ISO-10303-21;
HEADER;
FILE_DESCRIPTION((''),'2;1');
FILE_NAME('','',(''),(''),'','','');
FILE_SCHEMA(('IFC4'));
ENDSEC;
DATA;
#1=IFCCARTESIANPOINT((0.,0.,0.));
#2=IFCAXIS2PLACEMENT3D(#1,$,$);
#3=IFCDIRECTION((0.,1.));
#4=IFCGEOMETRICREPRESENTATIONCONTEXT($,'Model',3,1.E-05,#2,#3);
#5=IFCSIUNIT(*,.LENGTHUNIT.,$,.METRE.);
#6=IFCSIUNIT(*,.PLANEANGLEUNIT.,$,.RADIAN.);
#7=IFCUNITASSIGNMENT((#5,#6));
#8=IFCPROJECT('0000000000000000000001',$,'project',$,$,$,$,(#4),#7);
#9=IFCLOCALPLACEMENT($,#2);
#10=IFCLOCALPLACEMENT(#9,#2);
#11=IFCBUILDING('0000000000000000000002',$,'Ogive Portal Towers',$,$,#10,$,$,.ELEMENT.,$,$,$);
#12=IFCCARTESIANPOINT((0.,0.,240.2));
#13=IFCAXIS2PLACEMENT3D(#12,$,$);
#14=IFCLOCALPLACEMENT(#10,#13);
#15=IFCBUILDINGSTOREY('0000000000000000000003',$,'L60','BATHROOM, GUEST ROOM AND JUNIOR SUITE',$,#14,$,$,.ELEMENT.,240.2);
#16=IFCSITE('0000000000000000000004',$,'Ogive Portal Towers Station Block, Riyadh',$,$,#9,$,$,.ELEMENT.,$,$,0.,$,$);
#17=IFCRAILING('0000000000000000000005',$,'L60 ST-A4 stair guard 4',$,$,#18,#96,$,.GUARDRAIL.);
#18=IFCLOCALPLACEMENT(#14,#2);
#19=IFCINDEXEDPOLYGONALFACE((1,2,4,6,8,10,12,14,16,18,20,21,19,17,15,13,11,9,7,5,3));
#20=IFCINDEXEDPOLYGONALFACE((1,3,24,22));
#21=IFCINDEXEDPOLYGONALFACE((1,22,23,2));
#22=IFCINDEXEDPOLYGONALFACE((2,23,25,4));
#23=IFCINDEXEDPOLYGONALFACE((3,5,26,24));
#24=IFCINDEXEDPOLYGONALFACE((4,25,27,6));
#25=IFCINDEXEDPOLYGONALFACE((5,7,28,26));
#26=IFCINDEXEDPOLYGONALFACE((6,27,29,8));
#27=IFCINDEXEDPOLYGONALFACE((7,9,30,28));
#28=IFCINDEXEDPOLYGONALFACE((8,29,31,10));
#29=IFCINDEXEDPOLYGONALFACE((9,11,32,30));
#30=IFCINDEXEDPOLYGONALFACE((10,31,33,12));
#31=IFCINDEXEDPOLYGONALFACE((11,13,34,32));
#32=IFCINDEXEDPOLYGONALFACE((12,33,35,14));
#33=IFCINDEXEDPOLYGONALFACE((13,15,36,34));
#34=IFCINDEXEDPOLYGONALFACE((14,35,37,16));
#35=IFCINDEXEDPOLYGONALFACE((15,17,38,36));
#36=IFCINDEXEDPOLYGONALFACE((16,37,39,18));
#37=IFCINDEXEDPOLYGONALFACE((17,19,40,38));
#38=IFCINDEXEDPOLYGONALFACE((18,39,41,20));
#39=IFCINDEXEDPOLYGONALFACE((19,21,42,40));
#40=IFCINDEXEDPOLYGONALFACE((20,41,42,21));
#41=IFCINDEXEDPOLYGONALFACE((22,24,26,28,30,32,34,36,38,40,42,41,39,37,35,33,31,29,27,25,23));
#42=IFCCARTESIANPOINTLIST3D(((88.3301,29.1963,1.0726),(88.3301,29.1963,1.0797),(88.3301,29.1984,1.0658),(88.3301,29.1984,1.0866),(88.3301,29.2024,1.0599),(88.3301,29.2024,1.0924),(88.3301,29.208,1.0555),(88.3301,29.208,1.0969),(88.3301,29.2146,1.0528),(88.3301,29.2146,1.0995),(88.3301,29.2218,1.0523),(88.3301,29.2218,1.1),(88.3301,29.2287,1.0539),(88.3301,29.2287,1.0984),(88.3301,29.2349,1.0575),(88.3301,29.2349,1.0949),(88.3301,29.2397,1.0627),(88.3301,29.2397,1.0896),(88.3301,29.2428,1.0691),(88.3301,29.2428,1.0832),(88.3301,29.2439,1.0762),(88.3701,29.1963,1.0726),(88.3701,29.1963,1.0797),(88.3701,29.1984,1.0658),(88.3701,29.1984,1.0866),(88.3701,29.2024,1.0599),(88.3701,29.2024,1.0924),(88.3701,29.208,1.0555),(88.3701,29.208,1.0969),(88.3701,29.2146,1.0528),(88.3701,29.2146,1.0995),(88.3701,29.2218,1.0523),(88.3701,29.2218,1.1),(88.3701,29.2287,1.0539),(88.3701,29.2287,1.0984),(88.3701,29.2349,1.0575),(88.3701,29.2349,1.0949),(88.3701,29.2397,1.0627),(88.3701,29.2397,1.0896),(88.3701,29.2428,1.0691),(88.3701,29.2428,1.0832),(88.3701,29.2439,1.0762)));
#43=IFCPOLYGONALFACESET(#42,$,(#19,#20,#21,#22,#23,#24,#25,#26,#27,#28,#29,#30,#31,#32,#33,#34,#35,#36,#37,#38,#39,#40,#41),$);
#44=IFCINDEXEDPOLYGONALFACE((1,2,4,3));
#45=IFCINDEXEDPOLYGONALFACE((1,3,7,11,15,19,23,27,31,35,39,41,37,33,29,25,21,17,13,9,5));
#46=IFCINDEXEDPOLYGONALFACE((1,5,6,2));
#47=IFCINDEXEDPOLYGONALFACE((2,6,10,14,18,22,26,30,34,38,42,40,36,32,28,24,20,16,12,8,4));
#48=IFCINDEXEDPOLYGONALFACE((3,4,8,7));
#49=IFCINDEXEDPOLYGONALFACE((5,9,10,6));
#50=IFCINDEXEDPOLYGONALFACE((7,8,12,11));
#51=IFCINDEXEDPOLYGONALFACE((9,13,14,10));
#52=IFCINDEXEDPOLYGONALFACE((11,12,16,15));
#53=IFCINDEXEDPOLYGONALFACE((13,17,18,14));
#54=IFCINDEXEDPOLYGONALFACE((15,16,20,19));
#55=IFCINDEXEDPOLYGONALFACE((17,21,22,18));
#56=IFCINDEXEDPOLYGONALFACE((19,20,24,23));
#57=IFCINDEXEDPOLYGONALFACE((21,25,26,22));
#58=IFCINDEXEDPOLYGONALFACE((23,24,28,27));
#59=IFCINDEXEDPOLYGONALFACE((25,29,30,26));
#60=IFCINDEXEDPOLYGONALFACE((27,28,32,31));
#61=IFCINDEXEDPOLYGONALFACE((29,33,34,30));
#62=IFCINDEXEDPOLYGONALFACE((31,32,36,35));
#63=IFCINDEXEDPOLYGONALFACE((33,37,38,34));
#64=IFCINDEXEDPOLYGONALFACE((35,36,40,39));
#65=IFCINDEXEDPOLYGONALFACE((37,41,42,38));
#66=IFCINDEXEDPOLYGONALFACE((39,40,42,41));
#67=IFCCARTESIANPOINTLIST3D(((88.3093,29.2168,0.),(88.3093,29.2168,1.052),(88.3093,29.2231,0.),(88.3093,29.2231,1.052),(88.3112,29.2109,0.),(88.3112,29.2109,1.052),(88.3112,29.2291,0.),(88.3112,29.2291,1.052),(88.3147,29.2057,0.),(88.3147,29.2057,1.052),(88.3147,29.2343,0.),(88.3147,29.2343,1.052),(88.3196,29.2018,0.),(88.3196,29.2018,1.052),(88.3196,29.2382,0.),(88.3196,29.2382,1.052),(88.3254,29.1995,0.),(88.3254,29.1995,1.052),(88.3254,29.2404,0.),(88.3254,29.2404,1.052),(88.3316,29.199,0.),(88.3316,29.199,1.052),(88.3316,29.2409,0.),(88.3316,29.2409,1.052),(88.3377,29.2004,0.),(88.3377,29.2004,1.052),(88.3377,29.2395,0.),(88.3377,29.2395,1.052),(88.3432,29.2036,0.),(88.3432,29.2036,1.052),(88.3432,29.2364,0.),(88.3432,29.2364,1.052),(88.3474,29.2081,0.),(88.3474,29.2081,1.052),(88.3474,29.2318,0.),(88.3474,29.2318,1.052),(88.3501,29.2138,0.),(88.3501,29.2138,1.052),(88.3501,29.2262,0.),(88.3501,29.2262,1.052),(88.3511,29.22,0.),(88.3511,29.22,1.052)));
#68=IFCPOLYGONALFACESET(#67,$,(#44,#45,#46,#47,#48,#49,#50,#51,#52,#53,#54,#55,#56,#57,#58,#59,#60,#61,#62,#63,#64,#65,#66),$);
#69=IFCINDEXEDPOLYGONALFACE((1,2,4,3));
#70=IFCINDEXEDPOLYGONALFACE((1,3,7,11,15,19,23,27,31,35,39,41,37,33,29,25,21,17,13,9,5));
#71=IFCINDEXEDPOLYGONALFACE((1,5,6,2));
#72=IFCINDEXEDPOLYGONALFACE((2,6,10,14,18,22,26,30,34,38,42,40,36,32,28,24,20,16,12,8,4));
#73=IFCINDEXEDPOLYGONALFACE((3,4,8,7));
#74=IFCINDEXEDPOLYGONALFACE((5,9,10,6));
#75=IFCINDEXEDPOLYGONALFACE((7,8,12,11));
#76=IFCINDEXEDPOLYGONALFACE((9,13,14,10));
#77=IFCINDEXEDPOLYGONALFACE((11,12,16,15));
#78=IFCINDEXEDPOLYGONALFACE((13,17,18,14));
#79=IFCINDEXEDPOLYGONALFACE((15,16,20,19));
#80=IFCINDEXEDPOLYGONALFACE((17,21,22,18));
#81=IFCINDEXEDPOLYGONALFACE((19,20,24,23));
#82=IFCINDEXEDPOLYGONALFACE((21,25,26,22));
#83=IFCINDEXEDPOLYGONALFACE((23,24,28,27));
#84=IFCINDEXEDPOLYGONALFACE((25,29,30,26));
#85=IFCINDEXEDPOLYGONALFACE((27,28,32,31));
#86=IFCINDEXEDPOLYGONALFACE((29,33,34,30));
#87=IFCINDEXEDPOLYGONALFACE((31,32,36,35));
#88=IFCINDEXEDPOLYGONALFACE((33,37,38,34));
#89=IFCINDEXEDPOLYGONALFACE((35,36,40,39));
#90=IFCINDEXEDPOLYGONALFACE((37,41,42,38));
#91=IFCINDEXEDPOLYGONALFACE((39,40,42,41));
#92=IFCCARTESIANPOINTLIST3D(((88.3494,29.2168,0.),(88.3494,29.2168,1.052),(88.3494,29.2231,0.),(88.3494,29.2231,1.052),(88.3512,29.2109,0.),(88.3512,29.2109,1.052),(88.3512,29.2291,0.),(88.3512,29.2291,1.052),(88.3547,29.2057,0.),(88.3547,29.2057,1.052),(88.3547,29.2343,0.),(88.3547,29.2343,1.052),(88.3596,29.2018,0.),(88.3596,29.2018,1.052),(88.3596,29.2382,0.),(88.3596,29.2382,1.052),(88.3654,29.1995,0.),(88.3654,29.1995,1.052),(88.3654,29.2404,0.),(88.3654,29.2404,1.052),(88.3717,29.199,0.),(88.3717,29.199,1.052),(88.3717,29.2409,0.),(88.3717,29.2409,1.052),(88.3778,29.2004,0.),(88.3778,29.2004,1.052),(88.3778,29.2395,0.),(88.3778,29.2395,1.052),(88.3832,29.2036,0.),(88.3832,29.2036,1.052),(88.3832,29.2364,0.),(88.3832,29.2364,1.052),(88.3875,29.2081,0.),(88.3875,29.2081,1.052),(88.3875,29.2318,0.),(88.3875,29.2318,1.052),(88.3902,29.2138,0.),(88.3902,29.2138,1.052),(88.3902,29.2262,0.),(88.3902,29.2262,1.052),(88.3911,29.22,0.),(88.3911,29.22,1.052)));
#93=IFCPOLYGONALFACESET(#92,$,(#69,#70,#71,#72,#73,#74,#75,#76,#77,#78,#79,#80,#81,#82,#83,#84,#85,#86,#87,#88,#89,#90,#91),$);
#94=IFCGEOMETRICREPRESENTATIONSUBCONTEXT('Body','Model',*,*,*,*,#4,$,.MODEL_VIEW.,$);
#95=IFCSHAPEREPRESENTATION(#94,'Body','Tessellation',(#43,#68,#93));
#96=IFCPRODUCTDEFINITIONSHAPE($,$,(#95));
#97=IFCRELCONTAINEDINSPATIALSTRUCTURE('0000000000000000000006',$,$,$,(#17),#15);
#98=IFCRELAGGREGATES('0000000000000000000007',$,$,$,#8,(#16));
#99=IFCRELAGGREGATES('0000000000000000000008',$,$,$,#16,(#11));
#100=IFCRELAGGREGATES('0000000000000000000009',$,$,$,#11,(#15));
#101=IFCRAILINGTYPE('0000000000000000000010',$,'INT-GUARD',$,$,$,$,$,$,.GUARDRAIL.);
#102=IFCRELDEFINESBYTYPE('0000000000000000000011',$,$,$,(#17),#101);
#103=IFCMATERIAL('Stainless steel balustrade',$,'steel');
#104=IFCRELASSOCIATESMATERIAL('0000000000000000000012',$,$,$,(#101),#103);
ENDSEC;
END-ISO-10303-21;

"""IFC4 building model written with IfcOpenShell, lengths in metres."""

from ifc_helpers import new_model, si_unit, direction, frame, origin, origin_2d, place, context, subcontext, project, spatial, circle, extrude, material, type_object, element, save


model = new_model("IFC4")

# Units and contexts
model_context = context("Model", 3, precision=1e-05, world=origin(), true_north=direction((0.0, 1.0)))
body_context = subcontext(model_context, "Body", "Model", "MODEL_VIEW")
ifc_project = project(units=[si_unit("LENGTHUNIT", "METRE"), si_unit("PLANEANGLEUNIT", "RADIAN")], contexts=[model_context])

# Site, building, storey
site_placement = place(None, origin())
site = spatial("IfcSite", under=ifc_project, at=site_placement, Name="Ogive Portal Towers Station Block, Riyadh", CompositionType="ELEMENT", RefElevation=0.0)
building_placement = place(site_placement, origin())
building = spatial("IfcBuilding", under=site, at=building_placement, Name="Ogive Portal Towers", CompositionType="ELEMENT")
storey_placement = place(building_placement, frame((0.0, 0.0, 240.2)))
storey = spatial("IfcBuildingStorey", under=building, at=storey_placement, Name="L60", Description="BATHROOM, GUEST ROOM AND JUNIOR SUITE", CompositionType="ELEMENT", Elevation=240.2)

# Railing
ifc_material_1 = material(Name="Stainless steel balustrade", Category="steel")
railing_type_1 = type_object("IfcRailingType", Name="INT-GUARD", PredefinedType="GUARDRAIL", material=ifc_material_1)
railing_1_placement = place(storey_placement, frame((88.3301, 29.22, 0.0)))
element("IfcRailing", 1, at=railing_1_placement, inside=storey, type_object=railing_type_1, Name="L60 ST-A4 stair guard 4", PredefinedType="GUARDRAIL", context=body_context, shape_type="SweptSolid", body=[
    extrude(circle(Radius=0.0239, at=origin_2d()), frame((0.0, 0.0, 1.0762), z_axis=(1.0, 0.0, 0.0), x_axis=(0.0, 1.0, 0.0)), (0.0, 0.0, 1.0), 0.04),
    extrude(circle(Radius=0.021, at=origin_2d()), origin(), (0.0, 0.0, 1.0), 1.052),
    extrude(circle(Radius=0.021, at=origin_2d()), frame((0.04, 0.0, 0.0)), (0.0, 0.0, 1.0), 1.052),
])

save(model, "model.ifc")
